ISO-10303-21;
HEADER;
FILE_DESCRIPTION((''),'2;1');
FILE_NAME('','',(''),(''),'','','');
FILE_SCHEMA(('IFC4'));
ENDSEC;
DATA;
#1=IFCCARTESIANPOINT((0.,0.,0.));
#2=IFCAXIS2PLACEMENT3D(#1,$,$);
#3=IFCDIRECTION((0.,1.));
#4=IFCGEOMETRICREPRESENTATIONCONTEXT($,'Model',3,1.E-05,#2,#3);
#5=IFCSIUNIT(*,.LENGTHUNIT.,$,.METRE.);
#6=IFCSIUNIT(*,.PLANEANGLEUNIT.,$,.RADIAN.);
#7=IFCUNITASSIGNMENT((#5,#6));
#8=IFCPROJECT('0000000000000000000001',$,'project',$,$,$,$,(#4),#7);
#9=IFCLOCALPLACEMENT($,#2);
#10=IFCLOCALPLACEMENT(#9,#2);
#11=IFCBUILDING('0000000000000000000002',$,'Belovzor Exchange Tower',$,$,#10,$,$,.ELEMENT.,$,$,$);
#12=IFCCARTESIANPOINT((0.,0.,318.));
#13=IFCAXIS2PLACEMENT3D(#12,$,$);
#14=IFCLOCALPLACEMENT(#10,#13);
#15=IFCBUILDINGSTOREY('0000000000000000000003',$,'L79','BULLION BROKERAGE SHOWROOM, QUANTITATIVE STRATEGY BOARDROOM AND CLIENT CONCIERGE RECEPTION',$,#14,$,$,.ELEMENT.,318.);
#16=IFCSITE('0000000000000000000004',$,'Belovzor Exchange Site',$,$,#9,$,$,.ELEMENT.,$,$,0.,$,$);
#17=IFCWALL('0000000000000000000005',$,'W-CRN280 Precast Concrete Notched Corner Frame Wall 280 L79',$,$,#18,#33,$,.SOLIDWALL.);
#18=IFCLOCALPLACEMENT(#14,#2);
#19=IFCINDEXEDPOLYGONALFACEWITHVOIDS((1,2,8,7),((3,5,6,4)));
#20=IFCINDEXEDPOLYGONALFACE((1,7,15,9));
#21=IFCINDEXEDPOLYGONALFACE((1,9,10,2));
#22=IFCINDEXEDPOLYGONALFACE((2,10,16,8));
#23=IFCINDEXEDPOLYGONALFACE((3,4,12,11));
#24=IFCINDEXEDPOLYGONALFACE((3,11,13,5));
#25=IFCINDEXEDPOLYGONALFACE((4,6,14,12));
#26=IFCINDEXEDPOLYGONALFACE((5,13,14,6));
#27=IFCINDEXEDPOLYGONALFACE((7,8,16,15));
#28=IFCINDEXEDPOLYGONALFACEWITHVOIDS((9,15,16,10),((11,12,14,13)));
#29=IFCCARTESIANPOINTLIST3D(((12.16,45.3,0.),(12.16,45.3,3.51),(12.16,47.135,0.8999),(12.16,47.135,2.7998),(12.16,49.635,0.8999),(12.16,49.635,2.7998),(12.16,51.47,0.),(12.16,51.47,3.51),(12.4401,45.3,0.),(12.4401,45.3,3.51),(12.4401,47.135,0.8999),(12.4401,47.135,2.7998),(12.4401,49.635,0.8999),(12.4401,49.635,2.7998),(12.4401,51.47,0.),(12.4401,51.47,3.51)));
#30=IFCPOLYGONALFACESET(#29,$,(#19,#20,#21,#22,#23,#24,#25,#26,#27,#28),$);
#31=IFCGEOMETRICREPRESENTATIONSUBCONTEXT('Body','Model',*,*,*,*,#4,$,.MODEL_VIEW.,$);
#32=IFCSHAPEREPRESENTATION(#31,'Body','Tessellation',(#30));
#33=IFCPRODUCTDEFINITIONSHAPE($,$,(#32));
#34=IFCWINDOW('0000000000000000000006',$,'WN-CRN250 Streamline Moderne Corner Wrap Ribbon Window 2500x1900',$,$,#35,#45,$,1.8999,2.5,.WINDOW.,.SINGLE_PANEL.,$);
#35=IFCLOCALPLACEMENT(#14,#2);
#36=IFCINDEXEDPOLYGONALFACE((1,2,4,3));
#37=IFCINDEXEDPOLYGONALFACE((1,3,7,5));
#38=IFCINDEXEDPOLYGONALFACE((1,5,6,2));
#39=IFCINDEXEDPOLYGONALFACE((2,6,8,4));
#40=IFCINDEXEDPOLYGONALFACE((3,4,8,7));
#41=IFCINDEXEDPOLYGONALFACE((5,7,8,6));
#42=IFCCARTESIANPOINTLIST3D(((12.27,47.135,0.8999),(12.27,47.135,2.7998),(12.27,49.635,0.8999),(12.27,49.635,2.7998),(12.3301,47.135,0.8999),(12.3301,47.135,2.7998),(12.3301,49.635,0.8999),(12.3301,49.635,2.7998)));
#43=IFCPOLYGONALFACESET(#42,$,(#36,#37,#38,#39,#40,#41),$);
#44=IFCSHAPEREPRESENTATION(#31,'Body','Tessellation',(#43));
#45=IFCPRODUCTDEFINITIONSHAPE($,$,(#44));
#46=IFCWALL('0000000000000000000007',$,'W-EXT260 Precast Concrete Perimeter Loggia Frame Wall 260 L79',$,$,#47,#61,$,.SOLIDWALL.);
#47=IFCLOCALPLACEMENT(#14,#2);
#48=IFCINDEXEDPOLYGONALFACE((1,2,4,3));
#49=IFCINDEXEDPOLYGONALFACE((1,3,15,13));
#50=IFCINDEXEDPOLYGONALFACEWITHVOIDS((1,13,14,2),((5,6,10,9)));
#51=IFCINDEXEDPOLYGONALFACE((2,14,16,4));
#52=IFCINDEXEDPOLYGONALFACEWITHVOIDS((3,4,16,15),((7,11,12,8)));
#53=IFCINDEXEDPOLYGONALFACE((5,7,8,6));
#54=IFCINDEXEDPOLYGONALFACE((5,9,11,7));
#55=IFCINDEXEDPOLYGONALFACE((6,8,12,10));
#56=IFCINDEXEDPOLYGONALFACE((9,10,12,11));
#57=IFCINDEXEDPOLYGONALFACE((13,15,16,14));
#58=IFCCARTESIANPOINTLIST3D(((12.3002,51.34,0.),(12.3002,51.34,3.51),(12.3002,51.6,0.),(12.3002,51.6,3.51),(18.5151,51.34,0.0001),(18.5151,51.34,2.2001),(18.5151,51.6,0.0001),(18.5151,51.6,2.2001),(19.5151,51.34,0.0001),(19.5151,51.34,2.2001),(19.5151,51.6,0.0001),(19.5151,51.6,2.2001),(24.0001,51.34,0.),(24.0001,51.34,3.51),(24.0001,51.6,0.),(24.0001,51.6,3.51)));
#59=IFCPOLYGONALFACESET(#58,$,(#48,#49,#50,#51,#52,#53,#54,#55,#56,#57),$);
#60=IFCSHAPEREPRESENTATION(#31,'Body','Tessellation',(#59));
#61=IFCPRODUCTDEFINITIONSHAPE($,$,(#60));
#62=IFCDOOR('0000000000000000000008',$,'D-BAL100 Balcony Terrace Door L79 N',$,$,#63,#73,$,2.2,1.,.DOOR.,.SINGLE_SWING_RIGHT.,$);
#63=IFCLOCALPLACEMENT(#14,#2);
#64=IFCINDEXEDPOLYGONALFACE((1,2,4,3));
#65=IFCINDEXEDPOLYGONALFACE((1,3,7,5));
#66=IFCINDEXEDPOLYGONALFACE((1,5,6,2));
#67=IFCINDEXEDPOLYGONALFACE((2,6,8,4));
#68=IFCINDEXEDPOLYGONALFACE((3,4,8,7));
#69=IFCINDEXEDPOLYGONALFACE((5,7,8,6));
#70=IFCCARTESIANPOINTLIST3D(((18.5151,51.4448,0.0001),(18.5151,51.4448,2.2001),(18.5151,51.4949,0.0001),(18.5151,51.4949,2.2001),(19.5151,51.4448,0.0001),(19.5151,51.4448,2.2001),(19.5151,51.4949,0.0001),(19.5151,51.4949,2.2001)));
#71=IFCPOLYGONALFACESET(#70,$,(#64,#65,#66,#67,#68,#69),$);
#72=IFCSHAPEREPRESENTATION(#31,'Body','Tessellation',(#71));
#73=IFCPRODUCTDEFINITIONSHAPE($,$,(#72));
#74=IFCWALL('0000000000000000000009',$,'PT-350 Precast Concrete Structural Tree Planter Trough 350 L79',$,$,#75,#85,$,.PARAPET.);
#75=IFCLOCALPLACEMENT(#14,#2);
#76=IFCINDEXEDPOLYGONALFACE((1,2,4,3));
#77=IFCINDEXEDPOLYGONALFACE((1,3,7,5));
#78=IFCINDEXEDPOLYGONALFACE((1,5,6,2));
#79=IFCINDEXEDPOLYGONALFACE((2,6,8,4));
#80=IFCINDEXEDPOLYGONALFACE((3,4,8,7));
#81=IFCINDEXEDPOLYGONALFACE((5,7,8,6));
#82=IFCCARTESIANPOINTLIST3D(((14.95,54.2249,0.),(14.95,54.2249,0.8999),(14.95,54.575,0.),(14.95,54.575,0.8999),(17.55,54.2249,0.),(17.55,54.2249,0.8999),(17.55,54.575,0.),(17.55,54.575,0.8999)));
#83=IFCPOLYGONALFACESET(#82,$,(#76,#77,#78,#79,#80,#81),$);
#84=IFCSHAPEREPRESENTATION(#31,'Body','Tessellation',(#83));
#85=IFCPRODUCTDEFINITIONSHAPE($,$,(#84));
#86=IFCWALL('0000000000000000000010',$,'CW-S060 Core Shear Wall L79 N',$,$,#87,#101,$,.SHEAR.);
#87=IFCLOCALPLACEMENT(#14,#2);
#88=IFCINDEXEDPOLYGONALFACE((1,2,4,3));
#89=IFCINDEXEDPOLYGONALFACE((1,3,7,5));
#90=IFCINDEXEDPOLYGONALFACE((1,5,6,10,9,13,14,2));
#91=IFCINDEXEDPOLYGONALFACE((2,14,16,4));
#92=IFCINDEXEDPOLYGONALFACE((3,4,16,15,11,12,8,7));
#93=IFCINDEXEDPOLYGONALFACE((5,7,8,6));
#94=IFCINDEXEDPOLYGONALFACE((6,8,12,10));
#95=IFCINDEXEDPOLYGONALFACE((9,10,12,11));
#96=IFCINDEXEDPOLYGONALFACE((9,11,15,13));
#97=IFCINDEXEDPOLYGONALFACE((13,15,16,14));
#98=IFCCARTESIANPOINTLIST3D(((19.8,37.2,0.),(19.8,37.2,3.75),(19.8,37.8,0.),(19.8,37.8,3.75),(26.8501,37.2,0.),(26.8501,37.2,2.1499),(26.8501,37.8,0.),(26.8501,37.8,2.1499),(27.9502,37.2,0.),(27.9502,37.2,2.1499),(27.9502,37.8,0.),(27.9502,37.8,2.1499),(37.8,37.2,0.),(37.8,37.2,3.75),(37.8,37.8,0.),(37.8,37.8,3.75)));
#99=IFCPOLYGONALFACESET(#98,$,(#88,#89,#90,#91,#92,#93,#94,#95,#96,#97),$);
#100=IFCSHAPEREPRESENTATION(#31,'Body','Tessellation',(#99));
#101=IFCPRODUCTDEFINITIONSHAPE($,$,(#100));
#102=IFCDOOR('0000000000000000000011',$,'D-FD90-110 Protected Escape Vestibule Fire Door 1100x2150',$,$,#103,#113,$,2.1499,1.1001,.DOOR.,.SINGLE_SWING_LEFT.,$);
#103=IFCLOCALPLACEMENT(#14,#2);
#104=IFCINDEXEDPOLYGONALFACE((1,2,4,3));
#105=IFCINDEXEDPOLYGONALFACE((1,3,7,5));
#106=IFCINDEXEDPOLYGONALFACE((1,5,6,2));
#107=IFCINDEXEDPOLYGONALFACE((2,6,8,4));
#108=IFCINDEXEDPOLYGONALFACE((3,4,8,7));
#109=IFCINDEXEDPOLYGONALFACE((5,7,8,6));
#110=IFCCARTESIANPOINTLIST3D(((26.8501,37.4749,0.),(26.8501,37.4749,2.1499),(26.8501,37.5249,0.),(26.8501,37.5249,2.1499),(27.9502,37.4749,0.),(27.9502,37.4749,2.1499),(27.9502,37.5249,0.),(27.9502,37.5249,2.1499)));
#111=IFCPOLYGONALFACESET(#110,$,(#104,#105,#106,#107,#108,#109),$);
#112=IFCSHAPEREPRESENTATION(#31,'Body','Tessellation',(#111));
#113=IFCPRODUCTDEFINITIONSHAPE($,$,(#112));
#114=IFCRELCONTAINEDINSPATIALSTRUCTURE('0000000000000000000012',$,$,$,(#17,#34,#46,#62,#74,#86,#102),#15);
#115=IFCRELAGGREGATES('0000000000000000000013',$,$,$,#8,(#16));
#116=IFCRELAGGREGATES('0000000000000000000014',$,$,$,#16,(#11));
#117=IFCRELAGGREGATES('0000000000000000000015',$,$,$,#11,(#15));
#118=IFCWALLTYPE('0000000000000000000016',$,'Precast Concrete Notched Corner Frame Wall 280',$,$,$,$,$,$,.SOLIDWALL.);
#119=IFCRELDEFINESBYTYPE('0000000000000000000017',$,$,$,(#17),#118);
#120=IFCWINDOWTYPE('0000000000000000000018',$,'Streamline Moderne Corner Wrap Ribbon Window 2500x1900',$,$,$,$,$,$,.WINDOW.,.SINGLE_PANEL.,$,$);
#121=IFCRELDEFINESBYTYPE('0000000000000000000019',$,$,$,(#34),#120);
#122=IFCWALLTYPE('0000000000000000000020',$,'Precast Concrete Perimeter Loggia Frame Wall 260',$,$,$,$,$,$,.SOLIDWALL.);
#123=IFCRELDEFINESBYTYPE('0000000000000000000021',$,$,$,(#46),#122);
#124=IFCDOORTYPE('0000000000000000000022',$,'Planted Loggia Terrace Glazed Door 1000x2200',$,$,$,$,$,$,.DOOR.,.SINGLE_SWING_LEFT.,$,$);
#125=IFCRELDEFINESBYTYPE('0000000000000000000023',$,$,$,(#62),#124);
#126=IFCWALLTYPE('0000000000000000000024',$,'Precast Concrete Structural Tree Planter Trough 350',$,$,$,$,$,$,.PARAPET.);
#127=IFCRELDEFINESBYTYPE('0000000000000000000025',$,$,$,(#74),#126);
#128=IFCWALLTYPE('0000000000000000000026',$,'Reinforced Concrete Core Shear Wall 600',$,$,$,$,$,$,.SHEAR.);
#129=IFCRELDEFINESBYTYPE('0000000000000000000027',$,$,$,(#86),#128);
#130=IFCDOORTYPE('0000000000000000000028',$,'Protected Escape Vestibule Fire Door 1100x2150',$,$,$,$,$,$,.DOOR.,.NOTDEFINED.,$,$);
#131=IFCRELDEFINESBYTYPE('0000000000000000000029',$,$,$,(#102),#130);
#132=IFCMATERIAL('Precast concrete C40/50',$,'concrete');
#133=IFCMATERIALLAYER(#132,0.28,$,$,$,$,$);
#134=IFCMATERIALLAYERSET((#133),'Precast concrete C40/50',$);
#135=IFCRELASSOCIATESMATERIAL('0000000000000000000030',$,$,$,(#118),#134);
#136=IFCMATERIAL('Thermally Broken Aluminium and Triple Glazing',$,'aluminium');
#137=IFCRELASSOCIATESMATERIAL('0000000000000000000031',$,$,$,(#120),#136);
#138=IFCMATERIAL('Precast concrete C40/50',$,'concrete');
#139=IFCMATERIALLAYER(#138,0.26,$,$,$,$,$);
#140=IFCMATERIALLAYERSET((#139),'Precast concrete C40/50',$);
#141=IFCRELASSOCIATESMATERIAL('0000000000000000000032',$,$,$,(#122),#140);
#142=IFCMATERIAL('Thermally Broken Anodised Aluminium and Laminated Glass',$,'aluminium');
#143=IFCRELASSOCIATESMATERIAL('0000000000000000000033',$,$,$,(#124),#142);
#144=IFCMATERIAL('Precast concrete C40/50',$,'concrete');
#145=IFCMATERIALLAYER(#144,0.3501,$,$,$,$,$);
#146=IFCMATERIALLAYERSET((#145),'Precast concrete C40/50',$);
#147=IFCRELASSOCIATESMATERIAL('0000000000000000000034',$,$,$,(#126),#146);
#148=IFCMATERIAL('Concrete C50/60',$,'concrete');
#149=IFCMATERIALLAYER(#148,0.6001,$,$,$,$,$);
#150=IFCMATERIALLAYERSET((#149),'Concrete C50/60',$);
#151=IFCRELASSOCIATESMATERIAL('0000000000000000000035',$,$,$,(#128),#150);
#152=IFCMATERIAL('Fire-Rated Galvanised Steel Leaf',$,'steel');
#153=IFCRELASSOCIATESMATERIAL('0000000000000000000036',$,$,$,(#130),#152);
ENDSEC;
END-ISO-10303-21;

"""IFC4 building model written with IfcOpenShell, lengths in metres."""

from ifc_helpers import new_model, si_unit, direction, frame, frame_2d, origin, place, context, subcontext, project, spatial, rectangle, extrude, material, layer, layer_set, type_object, element, fill, save


model = new_model("IFC4")

# Units and contexts
model_context = context("Model", 3, precision=1e-05, world=origin(), true_north=direction((0.0, 1.0)))
body_context = subcontext(model_context, "Body", "Model", "MODEL_VIEW")
ifc_project = project(units=[si_unit("LENGTHUNIT", "METRE"), si_unit("PLANEANGLEUNIT", "RADIAN")], contexts=[model_context])

# Site, building, storey
site_placement = place(None, origin())
site = spatial("IfcSite", under=ifc_project, at=site_placement, Name="Belovzor Exchange Site", CompositionType="ELEMENT", RefElevation=0.0)
building_placement = place(site_placement, origin())
building = spatial("IfcBuilding", under=site, at=building_placement, Name="Belovzor Exchange Tower", CompositionType="ELEMENT")
storey_placement = place(building_placement, frame((0.0, 0.0, 318.0)))
storey = spatial("IfcBuildingStorey", under=building, at=storey_placement, Name="L79", Description="BULLION BROKERAGE SHOWROOM, QUANTITATIVE STRATEGY BOARDROOM AND CLIENT CONCIERGE RECEPTION", CompositionType="ELEMENT", Elevation=318.0)

# Wall, opening, window
ifc_material_1 = material(Name="Precast concrete C40/50", Category="concrete")
ifc_layer_1 = layer(ifc_material_1, 0.28)
ifc_layer_set_1 = layer_set([ifc_layer_1], Name="Precast concrete C40/50")
wall_type_1 = type_object("IfcWallType", Name="Precast Concrete Notched Corner Frame Wall 280", PredefinedType="SOLIDWALL", material=ifc_layer_set_1)
ifc_material_2 = material(Name="Thermally Broken Aluminium and Triple Glazing", Category="aluminium")
window_type = type_object("IfcWindowType", Name="Streamline Moderne Corner Wrap Ribbon Window 2500x1900", PartitioningType="SINGLE_PANEL", PredefinedType="WINDOW", material=ifc_material_2)
wall_1_placement = place(storey_placement, frame((12.3, 45.3, 0.0), z_axis=(0.0, 0.0, 1.0), x_axis=(0.0, 1.0, 0.0)))
wall_1 = element("IfcWall", 1, at=wall_1_placement, inside=storey, type_object=wall_type_1, Name="W-CRN280 Precast Concrete Notched Corner Frame Wall 280 L79", PredefinedType="SOLIDWALL", context=body_context, shape_type="SweptSolid", body=[
    extrude(rectangle(XDim=6.1699, YDim=0.28, at=frame_2d((3.085, 0.0))), origin(), (0.0, 0.0, 1.0), 3.51),
])
opening_1_placement = place(wall_1_placement, frame((1.835, 0.0, 0.8999)))
opening_1 = element("IfcOpeningElement", 2, at=opening_1_placement, cuts=wall_1, PredefinedType="OPENING", context=body_context, shape_type="SweptSolid", body=[
    extrude(rectangle(XDim=2.5, YDim=1.8999, at=frame_2d((1.25, 0.95))), frame((0.0, 0.1499, 0.0), z_axis=(0.0, -1.0, 0.0), x_axis=(1.0, 0.0, 0.0)), (0.0, 0.0, 1.0), 0.3),
])
window_1_placement = place(opening_1_placement, origin())
window_1 = element("IfcWindow", 3, at=window_1_placement, inside=storey, type_object=window_type, Name="WN-CRN250 Streamline Moderne Corner Wrap Ribbon Window 2500x1900", OverallHeight=1.8999, OverallWidth=2.5, PartitioningType="SINGLE_PANEL", PredefinedType="WINDOW", context=body_context, shape_type="SweptSolid", body=[
    extrude(rectangle(XDim=2.5, YDim=1.8999, at=frame_2d((1.25, 0.95))), frame((0.0, 0.03, 0.0), z_axis=(0.0, -1.0, 0.0), x_axis=(1.0, 0.0, 0.0)), (0.0, 0.0, 1.0), 0.0601),
])
fill(opening_1, window_1)

# Wall, opening, door
ifc_material_3 = material(Name="Precast concrete C40/50", Category="concrete")
ifc_layer_2 = layer(ifc_material_3, 0.26)
ifc_layer_set_2 = layer_set([ifc_layer_2], Name="Precast concrete C40/50")
wall_type_2 = type_object("IfcWallType", Name="Precast Concrete Perimeter Loggia Frame Wall 260", PredefinedType="SOLIDWALL", material=ifc_layer_set_2)
wall_2_placement = place(storey_placement, frame((12.3, 51.47, 0.0), z_axis=(0.0, 0.0, 1.0), x_axis=(1.0, 0.0, 0.0)))
wall_2 = element("IfcWall", 4, at=wall_2_placement, inside=storey, type_object=wall_type_2, Name="W-EXT260 Precast Concrete Perimeter Loggia Frame Wall 260 L79", PredefinedType="SOLIDWALL", context=body_context, shape_type="SweptSolid", body=[
    extrude(rectangle(XDim=11.7, YDim=0.26, at=frame_2d((5.8501, 0.0))), origin(), (0.0, 0.0, 1.0), 3.51),
])
opening_2_placement = place(wall_2_placement, frame((6.2151, 0.0, 0.0)))
opening_2 = element("IfcOpeningElement", 5, at=opening_2_placement, cuts=wall_2, PredefinedType="OPENING", context=body_context, shape_type="SweptSolid", body=[
    extrude(rectangle(XDim=1.0, YDim=2.2, at=frame_2d((0.5, 1.1001))), frame((0.0, 0.1399, 0.0), z_axis=(0.0, -1.0, 0.0), x_axis=(1.0, 0.0, 0.0)), (0.0, 0.0, 1.0), 0.28),
])
ifc_material_4 = material(Name="Thermally Broken Anodised Aluminium and Laminated Glass", Category="aluminium")
door_type_1 = type_object("IfcDoorType", Name="Planted Loggia Terrace Glazed Door 1000x2200", OperationType="SINGLE_SWING_LEFT", PredefinedType="DOOR", material=ifc_material_4)
door_1_placement = place(opening_2_placement, origin())
door_1 = element("IfcDoor", 6, at=door_1_placement, inside=storey, type_object=door_type_1, Name="D-BAL100 Balcony Terrace Door L79 N", OperationType="SINGLE_SWING_RIGHT", OverallHeight=2.2, OverallWidth=1.0, PredefinedType="DOOR", context=body_context, shape_type="SweptSolid", body=[
    extrude(rectangle(XDim=1.0, YDim=2.2, at=frame_2d((0.5, 1.1001))), frame((0.0, 0.0249, 0.0), z_axis=(0.0, -1.0, 0.0), x_axis=(1.0, 0.0, 0.0)), (0.0, 0.0, 1.0), 0.05),
])
fill(opening_2, door_1)

# Wall
ifc_material_5 = material(Name="Precast concrete C40/50", Category="concrete")
ifc_layer_3 = layer(ifc_material_5, 0.3501)
ifc_layer_set_3 = layer_set([ifc_layer_3], Name="Precast concrete C40/50")
wall_type_3 = type_object("IfcWallType", Name="Precast Concrete Structural Tree Planter Trough 350", PredefinedType="PARAPET", material=ifc_layer_set_3)
wall_3_placement = place(storey_placement, frame((14.95, 54.3999, 0.0), z_axis=(0.0, 0.0, 1.0), x_axis=(1.0, 0.0, 0.0)))
element("IfcWall", 7, at=wall_3_placement, inside=storey, type_object=wall_type_3, Name="PT-350 Precast Concrete Structural Tree Planter Trough 350 L79", PredefinedType="PARAPET", context=body_context, shape_type="SweptSolid", body=[
    extrude(rectangle(XDim=2.6001, YDim=0.3501, at=frame_2d((1.3, 0.0))), origin(), (0.0, 0.0, 1.0), 0.8999),
])

# Wall, opening, door
ifc_material_6 = material(Name="Concrete C50/60", Category="concrete")
ifc_layer_4 = layer(ifc_material_6, 0.6001)
ifc_layer_set_4 = layer_set([ifc_layer_4], Name="Concrete C50/60")
wall_type_4 = type_object("IfcWallType", Name="Reinforced Concrete Core Shear Wall 600", PredefinedType="SHEAR", material=ifc_layer_set_4)
wall_4_placement = place(storey_placement, frame((19.8, 37.5, 0.0), z_axis=(0.0, 0.0, 1.0), x_axis=(1.0, 0.0, 0.0)))
wall_4 = element("IfcWall", 8, at=wall_4_placement, inside=storey, type_object=wall_type_4, Name="CW-S060 Core Shear Wall L79 N", PredefinedType="SHEAR", context=body_context, shape_type="SweptSolid", body=[
    extrude(rectangle(XDim=18.0, YDim=0.6001, at=frame_2d((9.0, 0.0))), origin(), (0.0, 0.0, 1.0), 3.75),
])
opening_3_placement = place(wall_4_placement, frame((7.05, 0.0, 0.0)))
opening_3 = element("IfcOpeningElement", 9, at=opening_3_placement, cuts=wall_4, PredefinedType="OPENING", context=body_context, shape_type="SweptSolid", body=[
    extrude(rectangle(XDim=1.1001, YDim=2.1499, at=frame_2d((0.55, 1.075))), frame((0.0, 0.3101, 0.0), z_axis=(0.0, -1.0, 0.0), x_axis=(1.0, 0.0, 0.0)), (0.0, 0.0, 1.0), 0.6201),
])
ifc_material_7 = material(Name="Fire-Rated Galvanised Steel Leaf", Category="steel")
door_type_2 = type_object("IfcDoorType", Name="Protected Escape Vestibule Fire Door 1100x2150", OperationType="NOTDEFINED", PredefinedType="DOOR", material=ifc_material_7)
door_2_placement = place(opening_3_placement, origin())
door_2 = element("IfcDoor", 10, at=door_2_placement, inside=storey, type_object=door_type_2, Name="D-FD90-110 Protected Escape Vestibule Fire Door 1100x2150", OperationType="SINGLE_SWING_LEFT", OverallHeight=2.1499, OverallWidth=1.1001, PredefinedType="DOOR", context=body_context, shape_type="SweptSolid", body=[
    extrude(rectangle(XDim=1.1001, YDim=2.1499, at=frame_2d((0.55, 1.075))), frame((0.0, 0.0249, 0.0), z_axis=(0.0, -1.0, 0.0), x_axis=(1.0, 0.0, 0.0)), (0.0, 0.0, 1.0), 0.05),
])
fill(opening_3, door_2)

save(model, "model.ifc")
